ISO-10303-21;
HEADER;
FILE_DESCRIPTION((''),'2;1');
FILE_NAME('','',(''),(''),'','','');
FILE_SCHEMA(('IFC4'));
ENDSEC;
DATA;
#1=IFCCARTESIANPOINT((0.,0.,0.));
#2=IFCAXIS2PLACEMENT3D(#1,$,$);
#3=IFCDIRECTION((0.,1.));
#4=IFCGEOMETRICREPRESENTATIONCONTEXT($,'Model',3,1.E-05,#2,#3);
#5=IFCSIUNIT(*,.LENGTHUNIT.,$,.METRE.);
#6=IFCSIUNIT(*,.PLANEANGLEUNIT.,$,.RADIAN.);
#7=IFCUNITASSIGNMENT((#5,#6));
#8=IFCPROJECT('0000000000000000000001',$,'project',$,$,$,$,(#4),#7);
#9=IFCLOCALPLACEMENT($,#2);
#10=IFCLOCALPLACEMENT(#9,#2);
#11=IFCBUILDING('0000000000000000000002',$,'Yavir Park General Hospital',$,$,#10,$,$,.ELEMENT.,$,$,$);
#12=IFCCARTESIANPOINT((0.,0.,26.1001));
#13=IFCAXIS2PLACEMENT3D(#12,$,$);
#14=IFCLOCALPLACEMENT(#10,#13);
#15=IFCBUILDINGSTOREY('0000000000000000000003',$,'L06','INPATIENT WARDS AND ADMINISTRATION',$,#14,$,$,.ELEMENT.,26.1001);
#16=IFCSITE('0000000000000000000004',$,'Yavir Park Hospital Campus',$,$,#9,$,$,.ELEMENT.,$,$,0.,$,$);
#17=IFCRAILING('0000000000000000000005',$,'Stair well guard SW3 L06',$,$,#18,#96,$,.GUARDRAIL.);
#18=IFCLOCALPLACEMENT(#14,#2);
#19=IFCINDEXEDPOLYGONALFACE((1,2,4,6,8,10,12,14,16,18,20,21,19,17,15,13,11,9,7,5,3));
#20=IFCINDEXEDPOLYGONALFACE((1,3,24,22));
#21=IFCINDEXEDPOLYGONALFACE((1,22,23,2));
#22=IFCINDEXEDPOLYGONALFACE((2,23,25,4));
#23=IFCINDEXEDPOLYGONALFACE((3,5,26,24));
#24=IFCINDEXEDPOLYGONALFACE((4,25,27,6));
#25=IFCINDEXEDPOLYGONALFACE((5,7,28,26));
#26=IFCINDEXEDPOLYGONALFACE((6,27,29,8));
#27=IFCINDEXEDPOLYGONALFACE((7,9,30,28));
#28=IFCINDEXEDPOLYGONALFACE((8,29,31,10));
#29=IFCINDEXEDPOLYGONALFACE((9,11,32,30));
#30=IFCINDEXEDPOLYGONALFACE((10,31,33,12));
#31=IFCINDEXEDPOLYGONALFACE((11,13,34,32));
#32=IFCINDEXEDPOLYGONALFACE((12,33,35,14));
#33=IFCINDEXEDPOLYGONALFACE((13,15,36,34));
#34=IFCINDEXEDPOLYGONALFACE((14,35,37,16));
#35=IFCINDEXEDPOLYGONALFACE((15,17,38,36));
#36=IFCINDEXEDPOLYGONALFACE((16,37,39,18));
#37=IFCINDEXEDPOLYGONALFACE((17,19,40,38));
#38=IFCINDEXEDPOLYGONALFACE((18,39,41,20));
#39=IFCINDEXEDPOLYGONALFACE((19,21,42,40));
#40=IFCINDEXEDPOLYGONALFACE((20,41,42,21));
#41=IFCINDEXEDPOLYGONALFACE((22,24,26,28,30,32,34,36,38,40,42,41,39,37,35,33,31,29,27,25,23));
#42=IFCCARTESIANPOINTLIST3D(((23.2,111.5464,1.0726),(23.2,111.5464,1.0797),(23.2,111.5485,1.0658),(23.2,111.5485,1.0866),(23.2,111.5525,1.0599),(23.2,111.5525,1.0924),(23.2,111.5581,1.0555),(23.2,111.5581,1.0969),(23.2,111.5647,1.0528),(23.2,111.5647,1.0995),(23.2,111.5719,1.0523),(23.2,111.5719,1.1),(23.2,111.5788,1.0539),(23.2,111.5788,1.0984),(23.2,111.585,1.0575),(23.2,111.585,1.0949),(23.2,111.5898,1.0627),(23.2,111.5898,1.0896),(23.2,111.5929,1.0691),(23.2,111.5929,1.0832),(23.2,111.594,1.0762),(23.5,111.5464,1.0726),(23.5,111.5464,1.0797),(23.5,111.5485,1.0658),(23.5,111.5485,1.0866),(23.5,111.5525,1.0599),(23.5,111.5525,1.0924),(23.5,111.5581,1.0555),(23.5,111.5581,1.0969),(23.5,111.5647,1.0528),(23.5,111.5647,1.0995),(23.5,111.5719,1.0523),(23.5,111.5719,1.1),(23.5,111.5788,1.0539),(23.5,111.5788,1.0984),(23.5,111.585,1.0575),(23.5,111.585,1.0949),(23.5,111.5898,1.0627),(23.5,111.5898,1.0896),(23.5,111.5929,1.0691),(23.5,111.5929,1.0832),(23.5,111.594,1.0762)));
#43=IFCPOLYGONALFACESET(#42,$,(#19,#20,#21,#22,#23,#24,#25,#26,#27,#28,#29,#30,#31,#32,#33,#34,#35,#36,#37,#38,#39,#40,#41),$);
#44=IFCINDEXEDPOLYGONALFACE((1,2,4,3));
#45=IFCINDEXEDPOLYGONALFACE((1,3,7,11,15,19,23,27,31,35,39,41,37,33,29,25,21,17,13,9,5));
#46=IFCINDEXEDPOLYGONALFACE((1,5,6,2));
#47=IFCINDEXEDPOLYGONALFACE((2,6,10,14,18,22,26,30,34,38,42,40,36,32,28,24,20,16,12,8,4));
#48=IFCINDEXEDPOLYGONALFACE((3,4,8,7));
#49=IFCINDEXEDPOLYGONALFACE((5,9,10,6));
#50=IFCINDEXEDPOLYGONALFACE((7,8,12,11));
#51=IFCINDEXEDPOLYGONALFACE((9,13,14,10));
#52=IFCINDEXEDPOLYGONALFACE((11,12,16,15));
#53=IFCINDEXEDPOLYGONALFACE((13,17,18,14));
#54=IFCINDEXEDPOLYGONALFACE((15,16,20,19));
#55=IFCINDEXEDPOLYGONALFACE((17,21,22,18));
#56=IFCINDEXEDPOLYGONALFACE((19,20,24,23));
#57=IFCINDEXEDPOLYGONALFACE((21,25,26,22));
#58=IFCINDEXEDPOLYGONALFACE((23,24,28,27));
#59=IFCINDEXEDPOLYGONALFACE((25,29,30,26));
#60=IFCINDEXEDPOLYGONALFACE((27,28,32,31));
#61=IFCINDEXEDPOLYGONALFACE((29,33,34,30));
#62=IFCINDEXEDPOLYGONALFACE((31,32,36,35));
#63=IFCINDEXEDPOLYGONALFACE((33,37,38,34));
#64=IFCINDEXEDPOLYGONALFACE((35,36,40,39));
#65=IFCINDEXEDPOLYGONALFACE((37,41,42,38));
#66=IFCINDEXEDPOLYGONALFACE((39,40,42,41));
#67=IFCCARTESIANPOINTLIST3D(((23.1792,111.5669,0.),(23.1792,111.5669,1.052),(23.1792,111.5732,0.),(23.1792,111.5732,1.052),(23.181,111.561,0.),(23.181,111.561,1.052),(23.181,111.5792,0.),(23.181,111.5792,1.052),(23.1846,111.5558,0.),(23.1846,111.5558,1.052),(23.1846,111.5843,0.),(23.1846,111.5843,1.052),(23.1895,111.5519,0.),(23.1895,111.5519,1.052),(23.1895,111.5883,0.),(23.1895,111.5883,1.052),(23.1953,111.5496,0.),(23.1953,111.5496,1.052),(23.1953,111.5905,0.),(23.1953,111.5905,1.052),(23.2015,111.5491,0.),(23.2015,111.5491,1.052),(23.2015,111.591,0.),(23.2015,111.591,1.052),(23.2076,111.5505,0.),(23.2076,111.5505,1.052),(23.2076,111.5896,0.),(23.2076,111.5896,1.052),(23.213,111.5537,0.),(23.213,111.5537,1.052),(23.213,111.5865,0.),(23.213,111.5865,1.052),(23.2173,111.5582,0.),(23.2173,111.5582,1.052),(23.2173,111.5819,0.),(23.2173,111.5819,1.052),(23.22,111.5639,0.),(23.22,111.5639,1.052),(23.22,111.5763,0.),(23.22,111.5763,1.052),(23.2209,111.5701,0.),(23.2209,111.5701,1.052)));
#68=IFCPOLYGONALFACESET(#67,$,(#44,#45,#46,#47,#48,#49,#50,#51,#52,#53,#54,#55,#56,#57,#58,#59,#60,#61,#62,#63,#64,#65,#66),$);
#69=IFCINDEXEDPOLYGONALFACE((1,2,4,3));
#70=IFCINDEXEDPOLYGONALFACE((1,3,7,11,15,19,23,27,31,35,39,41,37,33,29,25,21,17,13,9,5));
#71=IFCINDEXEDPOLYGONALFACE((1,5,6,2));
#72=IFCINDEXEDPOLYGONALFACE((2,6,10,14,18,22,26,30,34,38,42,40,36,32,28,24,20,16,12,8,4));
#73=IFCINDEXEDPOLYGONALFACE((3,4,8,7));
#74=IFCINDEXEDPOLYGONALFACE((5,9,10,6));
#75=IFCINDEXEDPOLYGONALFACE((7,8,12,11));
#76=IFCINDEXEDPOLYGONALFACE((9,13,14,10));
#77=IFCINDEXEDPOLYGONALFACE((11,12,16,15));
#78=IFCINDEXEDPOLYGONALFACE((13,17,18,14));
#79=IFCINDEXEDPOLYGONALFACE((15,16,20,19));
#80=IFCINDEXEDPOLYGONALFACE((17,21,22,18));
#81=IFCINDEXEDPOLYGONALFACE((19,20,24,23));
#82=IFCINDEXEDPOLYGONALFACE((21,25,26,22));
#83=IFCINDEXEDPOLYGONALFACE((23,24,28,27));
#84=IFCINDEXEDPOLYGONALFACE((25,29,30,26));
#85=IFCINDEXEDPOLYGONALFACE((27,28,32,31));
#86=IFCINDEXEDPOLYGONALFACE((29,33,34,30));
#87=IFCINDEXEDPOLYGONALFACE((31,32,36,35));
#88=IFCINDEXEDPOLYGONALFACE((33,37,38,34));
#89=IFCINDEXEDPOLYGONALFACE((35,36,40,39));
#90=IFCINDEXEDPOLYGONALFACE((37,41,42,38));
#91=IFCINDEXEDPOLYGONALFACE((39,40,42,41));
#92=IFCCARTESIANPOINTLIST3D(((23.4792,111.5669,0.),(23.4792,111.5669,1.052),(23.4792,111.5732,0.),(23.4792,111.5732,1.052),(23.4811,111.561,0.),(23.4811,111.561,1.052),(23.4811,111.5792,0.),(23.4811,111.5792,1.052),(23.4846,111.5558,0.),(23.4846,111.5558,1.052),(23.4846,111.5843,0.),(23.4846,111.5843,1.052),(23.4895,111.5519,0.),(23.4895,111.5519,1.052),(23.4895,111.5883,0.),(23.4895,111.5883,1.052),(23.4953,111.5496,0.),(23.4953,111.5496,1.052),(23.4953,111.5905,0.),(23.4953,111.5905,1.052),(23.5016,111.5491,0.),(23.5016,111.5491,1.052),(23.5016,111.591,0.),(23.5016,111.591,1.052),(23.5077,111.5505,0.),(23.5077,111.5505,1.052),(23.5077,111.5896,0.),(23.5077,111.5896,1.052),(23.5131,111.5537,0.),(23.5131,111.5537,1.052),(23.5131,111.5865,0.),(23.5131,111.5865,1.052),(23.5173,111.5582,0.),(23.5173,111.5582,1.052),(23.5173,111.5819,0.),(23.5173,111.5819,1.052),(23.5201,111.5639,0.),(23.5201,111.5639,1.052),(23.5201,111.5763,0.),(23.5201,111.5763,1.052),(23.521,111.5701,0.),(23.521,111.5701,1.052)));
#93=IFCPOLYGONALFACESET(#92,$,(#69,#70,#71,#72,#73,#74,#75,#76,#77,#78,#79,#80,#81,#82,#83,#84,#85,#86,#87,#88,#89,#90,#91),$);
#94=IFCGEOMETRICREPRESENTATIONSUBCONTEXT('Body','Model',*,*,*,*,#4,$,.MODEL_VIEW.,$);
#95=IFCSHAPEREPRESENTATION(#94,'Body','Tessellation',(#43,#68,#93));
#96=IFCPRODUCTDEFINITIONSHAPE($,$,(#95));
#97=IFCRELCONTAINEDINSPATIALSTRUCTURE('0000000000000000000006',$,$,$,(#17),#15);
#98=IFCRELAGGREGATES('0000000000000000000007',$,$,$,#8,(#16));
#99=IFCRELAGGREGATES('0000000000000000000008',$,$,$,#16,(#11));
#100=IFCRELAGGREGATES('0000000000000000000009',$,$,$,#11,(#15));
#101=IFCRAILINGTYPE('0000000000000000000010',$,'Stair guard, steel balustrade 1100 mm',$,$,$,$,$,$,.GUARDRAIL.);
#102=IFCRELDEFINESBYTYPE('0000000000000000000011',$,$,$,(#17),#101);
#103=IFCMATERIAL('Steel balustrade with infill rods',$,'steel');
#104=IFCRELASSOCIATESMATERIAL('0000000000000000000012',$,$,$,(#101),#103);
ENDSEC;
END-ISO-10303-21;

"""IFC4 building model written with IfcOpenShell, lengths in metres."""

from ifc_helpers import new_model, si_unit, direction, frame, origin, origin_2d, place, context, subcontext, project, spatial, circle, extrude, material, type_object, element, save


model = new_model("IFC4")

# Units and contexts
model_context = context("Model", 3, precision=1e-05, world=origin(), true_north=direction((0.0, 1.0)))
body_context = subcontext(model_context, "Body", "Model", "MODEL_VIEW")
ifc_project = project(units=[si_unit("LENGTHUNIT", "METRE"), si_unit("PLANEANGLEUNIT", "RADIAN")], contexts=[model_context])

# Site, building, storey
site_placement = place(None, origin())
site = spatial("IfcSite", under=ifc_project, at=site_placement, Name="Yavir Park Hospital Campus", CompositionType="ELEMENT", RefElevation=0.0)
building_placement = place(site_placement, origin())
building = spatial("IfcBuilding", under=site, at=building_placement, Name="Yavir Park General Hospital", CompositionType="ELEMENT")
storey_placement = place(building_placement, frame((0.0, 0.0, 26.1001)))
storey = spatial("IfcBuildingStorey", under=building, at=storey_placement, Name="L06", Description="INPATIENT WARDS AND ADMINISTRATION", CompositionType="ELEMENT", Elevation=26.1001)

# Railing
ifc_material_1 = material(Name="Steel balustrade with infill rods", Category="steel")
railing_type_1 = type_object("IfcRailingType", Name="Stair guard, steel balustrade 1100 mm", PredefinedType="GUARDRAIL", material=ifc_material_1)
railing_1_placement = place(storey_placement, frame((23.2, 111.5701, 0.0)))
element("IfcRailing", 1, at=railing_1_placement, inside=storey, type_object=railing_type_1, Name="Stair well guard SW3 L06", PredefinedType="GUARDRAIL", context=body_context, shape_type="SweptSolid", body=[
    extrude(circle(Radius=0.0239, at=origin_2d()), frame((0.0, 0.0, 1.0762), z_axis=(1.0, 0.0, 0.0), x_axis=(0.0, 1.0, 0.0)), (0.0, 0.0, 1.0), 0.3),
    extrude(circle(Radius=0.021, at=origin_2d()), origin(), (0.0, 0.0, 1.0), 1.052),
    extrude(circle(Radius=0.021, at=origin_2d()), frame((0.3, 0.0, 0.0)), (0.0, 0.0, 1.0), 1.052),
])

save(model, "model.ifc")
